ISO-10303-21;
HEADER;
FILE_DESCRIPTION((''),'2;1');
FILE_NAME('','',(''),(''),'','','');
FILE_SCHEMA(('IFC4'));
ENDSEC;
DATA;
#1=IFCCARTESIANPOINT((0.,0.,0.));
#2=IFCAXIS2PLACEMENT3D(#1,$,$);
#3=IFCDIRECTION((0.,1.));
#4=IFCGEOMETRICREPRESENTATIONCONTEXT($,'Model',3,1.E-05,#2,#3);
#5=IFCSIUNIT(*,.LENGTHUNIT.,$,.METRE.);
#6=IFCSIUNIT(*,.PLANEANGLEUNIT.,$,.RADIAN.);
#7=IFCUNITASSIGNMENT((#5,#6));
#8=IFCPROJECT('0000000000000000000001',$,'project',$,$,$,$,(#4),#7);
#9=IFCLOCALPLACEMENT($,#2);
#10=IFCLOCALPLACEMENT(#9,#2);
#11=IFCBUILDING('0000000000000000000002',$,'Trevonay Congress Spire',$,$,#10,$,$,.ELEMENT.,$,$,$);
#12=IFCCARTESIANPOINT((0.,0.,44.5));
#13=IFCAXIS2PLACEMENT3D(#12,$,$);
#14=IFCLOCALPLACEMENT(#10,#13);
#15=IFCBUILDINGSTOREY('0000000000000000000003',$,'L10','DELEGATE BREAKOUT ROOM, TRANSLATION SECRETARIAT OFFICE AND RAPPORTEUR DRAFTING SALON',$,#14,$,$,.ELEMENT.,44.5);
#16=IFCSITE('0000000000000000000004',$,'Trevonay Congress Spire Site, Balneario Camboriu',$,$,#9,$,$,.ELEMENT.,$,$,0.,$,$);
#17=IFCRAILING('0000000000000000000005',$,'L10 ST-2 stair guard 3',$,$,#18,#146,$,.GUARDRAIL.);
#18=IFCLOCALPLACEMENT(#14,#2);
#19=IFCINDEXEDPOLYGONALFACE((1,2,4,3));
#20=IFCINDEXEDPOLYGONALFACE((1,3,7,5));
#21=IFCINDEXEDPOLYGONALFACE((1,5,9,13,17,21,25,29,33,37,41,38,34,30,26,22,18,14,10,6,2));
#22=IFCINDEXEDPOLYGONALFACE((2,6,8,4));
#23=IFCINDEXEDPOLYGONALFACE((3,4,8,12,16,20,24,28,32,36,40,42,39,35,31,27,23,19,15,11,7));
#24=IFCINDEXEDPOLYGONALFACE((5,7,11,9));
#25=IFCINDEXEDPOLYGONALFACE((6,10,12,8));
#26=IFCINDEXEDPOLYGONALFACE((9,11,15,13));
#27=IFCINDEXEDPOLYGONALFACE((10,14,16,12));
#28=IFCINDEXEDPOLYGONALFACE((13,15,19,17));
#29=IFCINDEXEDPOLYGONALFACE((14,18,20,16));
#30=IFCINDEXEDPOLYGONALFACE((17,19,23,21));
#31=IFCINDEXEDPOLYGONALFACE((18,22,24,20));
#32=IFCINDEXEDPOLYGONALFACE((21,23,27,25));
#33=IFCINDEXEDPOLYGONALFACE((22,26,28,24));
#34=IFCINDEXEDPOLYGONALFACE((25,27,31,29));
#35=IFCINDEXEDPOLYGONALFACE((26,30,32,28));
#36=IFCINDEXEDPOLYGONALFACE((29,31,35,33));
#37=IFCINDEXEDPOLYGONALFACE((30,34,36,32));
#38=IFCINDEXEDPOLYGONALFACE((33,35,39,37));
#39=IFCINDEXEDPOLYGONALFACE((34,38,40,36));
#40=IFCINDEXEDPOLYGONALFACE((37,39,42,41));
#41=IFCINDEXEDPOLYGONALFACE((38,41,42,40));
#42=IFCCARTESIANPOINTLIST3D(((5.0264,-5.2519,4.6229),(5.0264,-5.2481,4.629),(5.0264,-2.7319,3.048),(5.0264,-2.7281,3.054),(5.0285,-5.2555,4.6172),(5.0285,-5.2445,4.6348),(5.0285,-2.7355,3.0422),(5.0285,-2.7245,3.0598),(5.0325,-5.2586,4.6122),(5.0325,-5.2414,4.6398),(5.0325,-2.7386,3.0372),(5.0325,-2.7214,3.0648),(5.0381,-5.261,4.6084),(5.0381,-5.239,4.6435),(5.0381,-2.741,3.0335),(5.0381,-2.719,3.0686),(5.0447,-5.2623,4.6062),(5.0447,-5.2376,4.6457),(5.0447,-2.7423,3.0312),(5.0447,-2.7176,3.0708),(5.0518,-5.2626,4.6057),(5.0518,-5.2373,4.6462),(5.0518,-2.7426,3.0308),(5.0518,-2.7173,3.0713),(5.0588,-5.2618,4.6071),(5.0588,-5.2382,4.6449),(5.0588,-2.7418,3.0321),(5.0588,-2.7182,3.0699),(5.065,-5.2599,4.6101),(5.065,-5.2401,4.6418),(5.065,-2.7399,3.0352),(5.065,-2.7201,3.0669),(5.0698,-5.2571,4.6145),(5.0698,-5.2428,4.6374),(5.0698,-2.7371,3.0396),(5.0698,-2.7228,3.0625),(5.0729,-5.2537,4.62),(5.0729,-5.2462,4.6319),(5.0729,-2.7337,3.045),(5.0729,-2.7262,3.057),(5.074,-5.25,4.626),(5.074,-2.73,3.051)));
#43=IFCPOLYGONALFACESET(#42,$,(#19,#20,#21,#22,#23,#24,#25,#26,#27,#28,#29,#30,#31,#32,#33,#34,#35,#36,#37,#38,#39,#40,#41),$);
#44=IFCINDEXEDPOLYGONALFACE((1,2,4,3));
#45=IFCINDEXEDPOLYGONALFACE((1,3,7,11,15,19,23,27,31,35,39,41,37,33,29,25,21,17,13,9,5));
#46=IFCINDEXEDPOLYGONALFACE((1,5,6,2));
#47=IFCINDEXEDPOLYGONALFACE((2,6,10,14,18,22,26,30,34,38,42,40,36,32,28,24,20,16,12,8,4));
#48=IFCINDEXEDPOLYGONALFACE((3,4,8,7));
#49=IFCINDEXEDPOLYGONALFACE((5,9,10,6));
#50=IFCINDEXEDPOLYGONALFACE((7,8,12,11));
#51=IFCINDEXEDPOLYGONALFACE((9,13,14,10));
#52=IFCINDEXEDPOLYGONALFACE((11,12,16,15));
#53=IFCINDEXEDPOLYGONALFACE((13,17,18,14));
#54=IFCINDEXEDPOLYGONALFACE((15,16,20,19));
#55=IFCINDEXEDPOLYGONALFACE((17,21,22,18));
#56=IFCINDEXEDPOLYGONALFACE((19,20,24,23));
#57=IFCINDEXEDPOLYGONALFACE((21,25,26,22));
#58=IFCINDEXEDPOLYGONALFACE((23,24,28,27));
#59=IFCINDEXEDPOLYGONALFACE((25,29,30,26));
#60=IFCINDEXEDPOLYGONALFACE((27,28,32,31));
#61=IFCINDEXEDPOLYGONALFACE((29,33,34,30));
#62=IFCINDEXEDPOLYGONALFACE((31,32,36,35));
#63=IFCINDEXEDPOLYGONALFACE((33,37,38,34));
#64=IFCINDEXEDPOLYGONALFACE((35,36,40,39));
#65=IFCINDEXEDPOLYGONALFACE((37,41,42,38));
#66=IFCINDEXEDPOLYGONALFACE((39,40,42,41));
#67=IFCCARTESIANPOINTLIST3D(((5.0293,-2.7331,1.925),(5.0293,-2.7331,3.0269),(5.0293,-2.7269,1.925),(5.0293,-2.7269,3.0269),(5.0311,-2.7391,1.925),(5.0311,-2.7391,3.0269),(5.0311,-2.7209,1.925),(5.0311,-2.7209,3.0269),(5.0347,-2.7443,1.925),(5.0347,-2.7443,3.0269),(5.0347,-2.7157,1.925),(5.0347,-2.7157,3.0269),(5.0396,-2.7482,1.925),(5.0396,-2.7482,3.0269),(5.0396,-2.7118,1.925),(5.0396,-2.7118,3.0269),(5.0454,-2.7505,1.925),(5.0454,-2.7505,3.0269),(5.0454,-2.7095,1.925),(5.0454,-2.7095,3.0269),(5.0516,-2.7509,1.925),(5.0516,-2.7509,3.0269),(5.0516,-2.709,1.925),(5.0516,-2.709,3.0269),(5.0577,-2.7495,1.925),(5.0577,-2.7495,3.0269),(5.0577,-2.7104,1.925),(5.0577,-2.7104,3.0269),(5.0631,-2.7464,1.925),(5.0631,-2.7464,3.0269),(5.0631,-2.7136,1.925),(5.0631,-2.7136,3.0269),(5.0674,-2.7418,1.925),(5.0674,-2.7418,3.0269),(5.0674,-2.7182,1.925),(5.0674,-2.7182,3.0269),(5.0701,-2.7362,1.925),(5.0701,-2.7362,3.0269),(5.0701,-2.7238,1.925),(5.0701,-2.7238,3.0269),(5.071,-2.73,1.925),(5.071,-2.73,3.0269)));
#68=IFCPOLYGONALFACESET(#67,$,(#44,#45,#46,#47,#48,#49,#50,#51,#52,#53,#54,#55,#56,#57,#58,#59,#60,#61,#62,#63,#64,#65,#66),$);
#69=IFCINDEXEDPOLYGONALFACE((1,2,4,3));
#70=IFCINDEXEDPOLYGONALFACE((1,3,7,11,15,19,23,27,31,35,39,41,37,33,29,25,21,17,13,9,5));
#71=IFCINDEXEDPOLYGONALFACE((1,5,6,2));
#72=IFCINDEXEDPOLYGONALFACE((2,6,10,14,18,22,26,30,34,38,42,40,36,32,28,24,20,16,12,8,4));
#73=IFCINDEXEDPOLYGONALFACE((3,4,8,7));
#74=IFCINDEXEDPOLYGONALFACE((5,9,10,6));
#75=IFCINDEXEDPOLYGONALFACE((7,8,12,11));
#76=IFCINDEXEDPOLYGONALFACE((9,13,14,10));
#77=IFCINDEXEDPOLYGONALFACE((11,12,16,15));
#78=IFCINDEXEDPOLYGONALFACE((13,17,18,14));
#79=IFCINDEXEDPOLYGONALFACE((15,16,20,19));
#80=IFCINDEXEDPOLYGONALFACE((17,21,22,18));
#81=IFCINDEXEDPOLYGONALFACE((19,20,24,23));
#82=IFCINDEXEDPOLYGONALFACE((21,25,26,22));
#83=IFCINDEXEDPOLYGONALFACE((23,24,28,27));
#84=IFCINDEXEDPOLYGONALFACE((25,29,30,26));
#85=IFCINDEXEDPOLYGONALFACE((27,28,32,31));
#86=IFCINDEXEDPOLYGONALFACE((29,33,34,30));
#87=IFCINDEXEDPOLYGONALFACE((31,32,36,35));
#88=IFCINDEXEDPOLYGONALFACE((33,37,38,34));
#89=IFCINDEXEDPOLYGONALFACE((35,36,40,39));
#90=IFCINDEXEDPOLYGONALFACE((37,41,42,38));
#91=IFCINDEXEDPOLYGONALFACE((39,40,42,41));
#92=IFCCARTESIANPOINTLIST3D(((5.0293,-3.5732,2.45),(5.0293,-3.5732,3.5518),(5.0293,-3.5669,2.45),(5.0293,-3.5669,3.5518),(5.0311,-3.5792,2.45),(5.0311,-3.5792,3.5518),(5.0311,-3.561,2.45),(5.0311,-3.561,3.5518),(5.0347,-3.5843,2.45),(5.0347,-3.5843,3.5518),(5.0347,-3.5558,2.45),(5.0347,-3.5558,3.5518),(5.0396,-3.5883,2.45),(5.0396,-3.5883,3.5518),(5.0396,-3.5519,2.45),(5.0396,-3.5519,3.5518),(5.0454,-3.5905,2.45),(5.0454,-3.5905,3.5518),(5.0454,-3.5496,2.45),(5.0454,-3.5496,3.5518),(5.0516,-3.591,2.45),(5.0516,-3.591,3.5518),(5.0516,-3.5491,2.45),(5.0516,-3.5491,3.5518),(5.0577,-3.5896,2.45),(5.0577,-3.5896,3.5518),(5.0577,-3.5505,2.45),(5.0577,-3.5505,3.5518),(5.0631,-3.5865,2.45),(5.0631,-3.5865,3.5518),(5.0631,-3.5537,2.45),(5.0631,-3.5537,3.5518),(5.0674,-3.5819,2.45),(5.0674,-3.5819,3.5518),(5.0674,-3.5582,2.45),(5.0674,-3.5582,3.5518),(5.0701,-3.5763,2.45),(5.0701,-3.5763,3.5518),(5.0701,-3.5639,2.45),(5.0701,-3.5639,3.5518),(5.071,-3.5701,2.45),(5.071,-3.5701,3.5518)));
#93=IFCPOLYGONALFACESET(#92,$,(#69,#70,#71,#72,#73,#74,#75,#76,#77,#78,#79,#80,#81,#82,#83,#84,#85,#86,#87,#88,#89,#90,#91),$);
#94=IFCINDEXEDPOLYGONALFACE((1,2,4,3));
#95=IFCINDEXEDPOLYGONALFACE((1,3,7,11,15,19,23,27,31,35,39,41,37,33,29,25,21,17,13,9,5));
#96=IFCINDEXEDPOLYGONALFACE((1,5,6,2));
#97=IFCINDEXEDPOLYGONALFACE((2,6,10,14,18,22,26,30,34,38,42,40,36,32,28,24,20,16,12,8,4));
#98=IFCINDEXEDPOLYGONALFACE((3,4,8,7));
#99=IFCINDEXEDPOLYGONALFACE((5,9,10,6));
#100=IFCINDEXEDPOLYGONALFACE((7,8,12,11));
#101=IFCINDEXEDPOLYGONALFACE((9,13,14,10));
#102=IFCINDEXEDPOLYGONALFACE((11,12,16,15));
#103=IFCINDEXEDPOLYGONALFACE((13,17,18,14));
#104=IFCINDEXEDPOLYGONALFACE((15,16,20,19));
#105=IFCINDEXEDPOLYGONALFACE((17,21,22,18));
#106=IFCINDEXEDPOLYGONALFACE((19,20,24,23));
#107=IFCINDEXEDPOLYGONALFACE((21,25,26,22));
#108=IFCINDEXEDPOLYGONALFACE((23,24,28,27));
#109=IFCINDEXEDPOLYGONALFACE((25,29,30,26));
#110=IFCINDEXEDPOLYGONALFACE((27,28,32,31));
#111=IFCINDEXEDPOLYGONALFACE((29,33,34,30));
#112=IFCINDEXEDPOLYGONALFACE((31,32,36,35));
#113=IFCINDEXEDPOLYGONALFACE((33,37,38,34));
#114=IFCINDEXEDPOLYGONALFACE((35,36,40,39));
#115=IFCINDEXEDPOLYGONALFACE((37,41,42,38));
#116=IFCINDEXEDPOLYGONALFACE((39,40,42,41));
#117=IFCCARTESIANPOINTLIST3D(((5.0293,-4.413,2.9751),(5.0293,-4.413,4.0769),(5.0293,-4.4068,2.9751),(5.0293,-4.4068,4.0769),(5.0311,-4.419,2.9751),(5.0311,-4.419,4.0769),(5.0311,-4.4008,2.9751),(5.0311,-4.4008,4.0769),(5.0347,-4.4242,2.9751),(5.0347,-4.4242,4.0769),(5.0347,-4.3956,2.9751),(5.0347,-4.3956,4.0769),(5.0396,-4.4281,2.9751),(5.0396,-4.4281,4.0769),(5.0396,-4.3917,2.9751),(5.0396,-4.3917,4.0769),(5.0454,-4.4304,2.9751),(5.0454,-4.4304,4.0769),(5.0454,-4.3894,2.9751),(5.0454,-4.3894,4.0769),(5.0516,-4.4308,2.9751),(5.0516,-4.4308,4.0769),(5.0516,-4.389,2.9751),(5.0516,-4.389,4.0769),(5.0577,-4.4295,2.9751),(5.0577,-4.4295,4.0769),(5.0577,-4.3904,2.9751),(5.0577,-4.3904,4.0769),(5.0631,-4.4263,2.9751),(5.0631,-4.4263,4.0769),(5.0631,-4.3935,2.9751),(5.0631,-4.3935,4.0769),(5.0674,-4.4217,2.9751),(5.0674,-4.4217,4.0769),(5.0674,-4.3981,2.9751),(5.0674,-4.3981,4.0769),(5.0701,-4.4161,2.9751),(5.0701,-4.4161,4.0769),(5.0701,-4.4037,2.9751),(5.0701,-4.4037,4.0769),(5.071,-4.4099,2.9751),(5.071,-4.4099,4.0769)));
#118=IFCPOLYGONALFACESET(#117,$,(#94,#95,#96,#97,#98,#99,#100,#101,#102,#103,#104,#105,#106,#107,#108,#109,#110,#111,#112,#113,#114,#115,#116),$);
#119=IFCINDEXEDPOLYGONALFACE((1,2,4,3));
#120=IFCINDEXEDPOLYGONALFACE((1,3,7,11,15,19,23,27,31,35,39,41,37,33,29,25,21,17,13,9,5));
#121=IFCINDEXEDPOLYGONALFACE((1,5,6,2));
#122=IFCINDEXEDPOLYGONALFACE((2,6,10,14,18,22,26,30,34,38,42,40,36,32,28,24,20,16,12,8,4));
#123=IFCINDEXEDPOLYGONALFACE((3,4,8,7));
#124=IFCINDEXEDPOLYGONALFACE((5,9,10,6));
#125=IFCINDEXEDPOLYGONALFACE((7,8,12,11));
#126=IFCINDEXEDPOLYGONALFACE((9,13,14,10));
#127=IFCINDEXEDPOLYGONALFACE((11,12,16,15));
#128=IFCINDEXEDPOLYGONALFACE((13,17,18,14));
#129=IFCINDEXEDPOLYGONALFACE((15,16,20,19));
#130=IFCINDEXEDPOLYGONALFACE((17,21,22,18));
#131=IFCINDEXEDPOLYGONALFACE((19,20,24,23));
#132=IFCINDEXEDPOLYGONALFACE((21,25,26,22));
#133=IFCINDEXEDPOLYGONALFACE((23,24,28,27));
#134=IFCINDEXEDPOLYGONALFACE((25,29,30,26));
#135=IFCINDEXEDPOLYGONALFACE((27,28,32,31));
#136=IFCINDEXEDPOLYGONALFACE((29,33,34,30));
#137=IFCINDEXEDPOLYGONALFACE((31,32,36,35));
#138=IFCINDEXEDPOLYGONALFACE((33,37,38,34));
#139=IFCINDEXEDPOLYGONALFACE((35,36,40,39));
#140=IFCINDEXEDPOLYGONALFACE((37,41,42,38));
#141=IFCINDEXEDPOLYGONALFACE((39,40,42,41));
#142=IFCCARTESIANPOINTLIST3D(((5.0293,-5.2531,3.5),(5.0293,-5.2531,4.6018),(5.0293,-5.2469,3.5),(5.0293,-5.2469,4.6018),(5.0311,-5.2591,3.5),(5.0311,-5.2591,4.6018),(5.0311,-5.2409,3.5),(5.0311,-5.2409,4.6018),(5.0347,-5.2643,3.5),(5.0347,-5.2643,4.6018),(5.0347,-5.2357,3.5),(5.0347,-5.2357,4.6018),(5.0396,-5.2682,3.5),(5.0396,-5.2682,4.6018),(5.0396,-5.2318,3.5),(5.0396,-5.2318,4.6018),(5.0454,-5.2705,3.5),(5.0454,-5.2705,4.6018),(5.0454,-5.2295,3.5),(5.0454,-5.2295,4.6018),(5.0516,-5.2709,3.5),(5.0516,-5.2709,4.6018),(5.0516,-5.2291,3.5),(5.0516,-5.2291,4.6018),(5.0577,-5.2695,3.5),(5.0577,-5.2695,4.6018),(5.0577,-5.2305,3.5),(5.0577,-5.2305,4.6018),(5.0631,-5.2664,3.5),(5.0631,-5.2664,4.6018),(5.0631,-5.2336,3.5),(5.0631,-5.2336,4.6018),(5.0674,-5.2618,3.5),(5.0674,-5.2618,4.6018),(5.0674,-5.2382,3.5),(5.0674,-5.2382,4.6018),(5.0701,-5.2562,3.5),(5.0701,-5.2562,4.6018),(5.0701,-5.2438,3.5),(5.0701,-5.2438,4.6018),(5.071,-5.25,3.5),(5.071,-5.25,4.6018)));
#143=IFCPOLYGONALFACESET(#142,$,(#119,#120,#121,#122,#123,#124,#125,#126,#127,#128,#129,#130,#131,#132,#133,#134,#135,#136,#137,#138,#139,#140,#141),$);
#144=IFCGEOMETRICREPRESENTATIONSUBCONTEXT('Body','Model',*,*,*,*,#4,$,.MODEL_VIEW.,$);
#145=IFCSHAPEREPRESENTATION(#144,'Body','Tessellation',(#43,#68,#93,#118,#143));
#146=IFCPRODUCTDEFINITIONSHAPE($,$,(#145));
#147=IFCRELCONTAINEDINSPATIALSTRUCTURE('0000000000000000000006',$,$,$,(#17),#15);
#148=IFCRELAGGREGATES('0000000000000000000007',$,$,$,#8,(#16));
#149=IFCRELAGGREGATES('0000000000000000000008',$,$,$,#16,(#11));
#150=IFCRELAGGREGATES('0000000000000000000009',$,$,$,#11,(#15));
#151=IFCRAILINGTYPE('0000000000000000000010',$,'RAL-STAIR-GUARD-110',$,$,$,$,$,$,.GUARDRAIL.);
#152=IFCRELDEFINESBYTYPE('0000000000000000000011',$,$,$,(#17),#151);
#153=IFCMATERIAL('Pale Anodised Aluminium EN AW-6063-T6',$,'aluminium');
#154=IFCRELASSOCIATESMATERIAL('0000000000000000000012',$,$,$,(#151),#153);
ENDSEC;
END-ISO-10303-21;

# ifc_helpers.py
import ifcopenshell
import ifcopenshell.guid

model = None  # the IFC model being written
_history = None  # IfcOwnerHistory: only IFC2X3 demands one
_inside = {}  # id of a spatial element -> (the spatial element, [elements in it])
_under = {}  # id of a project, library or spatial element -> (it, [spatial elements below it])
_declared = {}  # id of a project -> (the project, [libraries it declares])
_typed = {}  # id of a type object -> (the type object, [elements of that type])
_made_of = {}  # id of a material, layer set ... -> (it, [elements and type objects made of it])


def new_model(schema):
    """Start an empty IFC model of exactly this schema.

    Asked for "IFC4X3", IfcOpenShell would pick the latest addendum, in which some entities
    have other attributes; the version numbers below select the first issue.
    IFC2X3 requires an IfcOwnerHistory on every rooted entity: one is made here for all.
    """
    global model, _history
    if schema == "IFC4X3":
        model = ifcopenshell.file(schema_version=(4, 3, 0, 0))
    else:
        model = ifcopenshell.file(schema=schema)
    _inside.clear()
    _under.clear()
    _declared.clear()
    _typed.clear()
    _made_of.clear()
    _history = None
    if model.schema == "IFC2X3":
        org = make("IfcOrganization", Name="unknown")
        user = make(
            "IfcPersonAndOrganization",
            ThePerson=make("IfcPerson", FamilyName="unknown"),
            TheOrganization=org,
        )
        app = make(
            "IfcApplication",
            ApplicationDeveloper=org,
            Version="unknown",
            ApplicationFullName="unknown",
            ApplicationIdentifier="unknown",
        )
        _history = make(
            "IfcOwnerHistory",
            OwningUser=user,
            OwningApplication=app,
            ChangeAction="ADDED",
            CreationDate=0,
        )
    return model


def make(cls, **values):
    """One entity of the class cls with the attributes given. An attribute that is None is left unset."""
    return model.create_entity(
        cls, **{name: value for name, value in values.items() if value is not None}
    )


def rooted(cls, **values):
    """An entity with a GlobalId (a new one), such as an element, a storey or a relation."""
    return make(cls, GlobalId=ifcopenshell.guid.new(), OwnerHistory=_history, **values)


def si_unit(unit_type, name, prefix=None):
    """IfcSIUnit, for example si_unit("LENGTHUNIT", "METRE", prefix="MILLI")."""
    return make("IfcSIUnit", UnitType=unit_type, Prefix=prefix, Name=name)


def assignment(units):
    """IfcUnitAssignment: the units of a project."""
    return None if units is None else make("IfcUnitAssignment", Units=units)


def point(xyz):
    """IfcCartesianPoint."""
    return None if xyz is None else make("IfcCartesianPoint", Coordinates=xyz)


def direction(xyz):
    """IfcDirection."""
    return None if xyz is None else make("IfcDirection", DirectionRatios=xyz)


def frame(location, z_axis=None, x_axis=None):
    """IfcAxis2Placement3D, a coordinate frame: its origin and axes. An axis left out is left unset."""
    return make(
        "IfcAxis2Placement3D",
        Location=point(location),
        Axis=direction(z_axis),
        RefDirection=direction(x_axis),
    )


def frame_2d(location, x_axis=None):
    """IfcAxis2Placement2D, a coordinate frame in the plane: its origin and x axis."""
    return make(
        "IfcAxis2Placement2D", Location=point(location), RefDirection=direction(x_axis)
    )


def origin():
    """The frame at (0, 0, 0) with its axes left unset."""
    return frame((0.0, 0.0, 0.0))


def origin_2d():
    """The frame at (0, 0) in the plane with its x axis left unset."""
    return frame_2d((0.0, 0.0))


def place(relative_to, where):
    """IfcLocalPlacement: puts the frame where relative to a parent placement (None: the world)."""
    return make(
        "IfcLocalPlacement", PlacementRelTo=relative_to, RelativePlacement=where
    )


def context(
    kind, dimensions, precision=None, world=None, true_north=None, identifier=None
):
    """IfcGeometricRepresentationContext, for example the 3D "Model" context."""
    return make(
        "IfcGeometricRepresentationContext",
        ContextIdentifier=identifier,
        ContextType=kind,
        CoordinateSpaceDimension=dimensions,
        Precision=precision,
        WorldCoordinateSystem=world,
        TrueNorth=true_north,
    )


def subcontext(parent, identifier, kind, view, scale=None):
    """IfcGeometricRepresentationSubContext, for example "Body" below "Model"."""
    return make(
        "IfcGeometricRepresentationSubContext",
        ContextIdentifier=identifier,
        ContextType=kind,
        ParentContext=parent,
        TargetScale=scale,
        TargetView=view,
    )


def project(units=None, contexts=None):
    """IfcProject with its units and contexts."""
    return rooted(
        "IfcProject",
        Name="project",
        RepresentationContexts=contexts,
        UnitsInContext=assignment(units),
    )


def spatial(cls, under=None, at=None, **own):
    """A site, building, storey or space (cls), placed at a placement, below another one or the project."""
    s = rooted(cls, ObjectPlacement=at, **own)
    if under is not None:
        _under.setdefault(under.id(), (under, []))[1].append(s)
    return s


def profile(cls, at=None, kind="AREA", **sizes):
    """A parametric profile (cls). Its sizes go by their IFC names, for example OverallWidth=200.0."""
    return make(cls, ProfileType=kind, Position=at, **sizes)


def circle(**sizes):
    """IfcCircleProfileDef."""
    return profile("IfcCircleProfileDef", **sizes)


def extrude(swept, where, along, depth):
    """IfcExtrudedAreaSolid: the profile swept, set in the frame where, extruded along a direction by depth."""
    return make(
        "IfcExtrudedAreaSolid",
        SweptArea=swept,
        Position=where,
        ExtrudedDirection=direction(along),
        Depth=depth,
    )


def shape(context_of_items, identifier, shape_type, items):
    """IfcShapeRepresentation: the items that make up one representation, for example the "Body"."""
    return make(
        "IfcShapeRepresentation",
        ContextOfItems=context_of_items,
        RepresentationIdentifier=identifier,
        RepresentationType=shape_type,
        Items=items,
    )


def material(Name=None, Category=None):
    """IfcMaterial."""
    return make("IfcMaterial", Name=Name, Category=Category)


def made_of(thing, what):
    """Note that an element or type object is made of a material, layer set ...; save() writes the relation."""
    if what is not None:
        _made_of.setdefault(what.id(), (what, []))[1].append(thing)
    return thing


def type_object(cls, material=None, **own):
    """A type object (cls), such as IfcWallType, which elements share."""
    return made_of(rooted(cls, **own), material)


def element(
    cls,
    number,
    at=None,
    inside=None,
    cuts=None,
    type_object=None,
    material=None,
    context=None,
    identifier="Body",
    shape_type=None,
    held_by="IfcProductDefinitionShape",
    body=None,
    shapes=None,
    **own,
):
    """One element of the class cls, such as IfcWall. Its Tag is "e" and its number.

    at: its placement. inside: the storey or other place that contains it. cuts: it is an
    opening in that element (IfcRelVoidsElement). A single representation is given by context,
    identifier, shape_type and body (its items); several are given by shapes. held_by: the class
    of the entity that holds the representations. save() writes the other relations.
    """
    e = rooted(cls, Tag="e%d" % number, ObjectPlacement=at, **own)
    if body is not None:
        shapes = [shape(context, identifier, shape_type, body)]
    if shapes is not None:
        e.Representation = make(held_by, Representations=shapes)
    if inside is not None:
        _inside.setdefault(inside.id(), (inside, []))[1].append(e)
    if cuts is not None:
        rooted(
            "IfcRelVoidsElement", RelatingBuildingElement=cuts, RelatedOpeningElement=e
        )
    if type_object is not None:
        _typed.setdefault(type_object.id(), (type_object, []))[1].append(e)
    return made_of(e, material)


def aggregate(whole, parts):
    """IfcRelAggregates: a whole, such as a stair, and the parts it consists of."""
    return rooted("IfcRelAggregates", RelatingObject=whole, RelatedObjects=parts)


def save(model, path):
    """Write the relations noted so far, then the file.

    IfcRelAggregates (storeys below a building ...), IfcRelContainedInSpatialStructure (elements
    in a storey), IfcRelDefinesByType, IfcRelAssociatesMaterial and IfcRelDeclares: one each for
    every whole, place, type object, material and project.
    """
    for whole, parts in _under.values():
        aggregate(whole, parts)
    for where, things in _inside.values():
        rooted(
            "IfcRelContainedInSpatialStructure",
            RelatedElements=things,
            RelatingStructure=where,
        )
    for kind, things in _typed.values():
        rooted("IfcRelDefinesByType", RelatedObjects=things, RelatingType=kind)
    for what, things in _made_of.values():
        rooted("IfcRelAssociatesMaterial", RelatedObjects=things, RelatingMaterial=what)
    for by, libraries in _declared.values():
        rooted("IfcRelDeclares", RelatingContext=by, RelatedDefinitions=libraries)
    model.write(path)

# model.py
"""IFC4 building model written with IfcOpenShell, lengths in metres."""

from ifc_helpers import new_model, si_unit, direction, frame, origin, origin_2d, place, context, subcontext, project, spatial, circle, extrude, material, type_object, element, save


model = new_model("IFC4")

# Units and contexts
model_context = context("Model", 3, precision=1e-05, world=origin(), true_north=direction((0.0, 1.0)))
body_context = subcontext(model_context, "Body", "Model", "MODEL_VIEW")
ifc_project = project(units=[si_unit("LENGTHUNIT", "METRE"), si_unit("PLANEANGLEUNIT", "RADIAN")], contexts=[model_context])

# Site, building, storey
site_placement = place(None, origin())
site = spatial("IfcSite", under=ifc_project, at=site_placement, Name="Trevonay Congress Spire Site, Balneario Camboriu", CompositionType="ELEMENT", RefElevation=0.0)
building_placement = place(site_placement, origin())
building = spatial("IfcBuilding", under=site, at=building_placement, Name="Trevonay Congress Spire", CompositionType="ELEMENT")
storey_placement = place(building_placement, frame((0.0, 0.0, 44.5)))
storey = spatial("IfcBuildingStorey", under=building, at=storey_placement, Name="L10", Description="DELEGATE BREAKOUT ROOM, TRANSLATION SECRETARIAT OFFICE AND RAPPORTEUR DRAFTING SALON", CompositionType="ELEMENT", Elevation=44.5)

# Railing
ifc_material_1 = material(Name="Pale Anodised Aluminium EN AW-6063-T6", Category="aluminium")
railing_type_1 = type_object("IfcRailingType", Name="RAL-STAIR-GUARD-110", PredefinedType="GUARDRAIL", material=ifc_material_1)
railing_1_placement = place(storey_placement, frame((5.05, -2.73, 1.925)))
element("IfcRailing", 1, at=railing_1_placement, inside=storey, type_object=railing_type_1, Name="L10 ST-2 stair guard 3", PredefinedType="GUARDRAIL", context=body_context, shape_type="SweptSolid", body=[
    extrude(circle(Radius=0.0239, at=origin_2d()), frame((0.0, 0.0, 1.126), z_axis=(0.0, -0.848008, 0.529984), x_axis=(1.0, 0.0, 0.0)), (0.0, 0.0, 1.0), 2.9717),
    extrude(circle(Radius=0.021, at=origin_2d()), origin(), (0.0, 0.0, 1.0), 1.1018),
    extrude(circle(Radius=0.021, at=origin_2d()), frame((0.0, -0.8401, 0.5249)), (0.0, 0.0, 1.0), 1.1018),
    extrude(circle(Radius=0.021, at=origin_2d()), frame((0.0, -1.6799, 1.05)), (0.0, 0.0, 1.0), 1.1018),
    extrude(circle(Radius=0.021, at=origin_2d()), frame((0.0, -2.52, 1.575)), (0.0, 0.0, 1.0), 1.1018),
])

save(model, "model.ifc")
